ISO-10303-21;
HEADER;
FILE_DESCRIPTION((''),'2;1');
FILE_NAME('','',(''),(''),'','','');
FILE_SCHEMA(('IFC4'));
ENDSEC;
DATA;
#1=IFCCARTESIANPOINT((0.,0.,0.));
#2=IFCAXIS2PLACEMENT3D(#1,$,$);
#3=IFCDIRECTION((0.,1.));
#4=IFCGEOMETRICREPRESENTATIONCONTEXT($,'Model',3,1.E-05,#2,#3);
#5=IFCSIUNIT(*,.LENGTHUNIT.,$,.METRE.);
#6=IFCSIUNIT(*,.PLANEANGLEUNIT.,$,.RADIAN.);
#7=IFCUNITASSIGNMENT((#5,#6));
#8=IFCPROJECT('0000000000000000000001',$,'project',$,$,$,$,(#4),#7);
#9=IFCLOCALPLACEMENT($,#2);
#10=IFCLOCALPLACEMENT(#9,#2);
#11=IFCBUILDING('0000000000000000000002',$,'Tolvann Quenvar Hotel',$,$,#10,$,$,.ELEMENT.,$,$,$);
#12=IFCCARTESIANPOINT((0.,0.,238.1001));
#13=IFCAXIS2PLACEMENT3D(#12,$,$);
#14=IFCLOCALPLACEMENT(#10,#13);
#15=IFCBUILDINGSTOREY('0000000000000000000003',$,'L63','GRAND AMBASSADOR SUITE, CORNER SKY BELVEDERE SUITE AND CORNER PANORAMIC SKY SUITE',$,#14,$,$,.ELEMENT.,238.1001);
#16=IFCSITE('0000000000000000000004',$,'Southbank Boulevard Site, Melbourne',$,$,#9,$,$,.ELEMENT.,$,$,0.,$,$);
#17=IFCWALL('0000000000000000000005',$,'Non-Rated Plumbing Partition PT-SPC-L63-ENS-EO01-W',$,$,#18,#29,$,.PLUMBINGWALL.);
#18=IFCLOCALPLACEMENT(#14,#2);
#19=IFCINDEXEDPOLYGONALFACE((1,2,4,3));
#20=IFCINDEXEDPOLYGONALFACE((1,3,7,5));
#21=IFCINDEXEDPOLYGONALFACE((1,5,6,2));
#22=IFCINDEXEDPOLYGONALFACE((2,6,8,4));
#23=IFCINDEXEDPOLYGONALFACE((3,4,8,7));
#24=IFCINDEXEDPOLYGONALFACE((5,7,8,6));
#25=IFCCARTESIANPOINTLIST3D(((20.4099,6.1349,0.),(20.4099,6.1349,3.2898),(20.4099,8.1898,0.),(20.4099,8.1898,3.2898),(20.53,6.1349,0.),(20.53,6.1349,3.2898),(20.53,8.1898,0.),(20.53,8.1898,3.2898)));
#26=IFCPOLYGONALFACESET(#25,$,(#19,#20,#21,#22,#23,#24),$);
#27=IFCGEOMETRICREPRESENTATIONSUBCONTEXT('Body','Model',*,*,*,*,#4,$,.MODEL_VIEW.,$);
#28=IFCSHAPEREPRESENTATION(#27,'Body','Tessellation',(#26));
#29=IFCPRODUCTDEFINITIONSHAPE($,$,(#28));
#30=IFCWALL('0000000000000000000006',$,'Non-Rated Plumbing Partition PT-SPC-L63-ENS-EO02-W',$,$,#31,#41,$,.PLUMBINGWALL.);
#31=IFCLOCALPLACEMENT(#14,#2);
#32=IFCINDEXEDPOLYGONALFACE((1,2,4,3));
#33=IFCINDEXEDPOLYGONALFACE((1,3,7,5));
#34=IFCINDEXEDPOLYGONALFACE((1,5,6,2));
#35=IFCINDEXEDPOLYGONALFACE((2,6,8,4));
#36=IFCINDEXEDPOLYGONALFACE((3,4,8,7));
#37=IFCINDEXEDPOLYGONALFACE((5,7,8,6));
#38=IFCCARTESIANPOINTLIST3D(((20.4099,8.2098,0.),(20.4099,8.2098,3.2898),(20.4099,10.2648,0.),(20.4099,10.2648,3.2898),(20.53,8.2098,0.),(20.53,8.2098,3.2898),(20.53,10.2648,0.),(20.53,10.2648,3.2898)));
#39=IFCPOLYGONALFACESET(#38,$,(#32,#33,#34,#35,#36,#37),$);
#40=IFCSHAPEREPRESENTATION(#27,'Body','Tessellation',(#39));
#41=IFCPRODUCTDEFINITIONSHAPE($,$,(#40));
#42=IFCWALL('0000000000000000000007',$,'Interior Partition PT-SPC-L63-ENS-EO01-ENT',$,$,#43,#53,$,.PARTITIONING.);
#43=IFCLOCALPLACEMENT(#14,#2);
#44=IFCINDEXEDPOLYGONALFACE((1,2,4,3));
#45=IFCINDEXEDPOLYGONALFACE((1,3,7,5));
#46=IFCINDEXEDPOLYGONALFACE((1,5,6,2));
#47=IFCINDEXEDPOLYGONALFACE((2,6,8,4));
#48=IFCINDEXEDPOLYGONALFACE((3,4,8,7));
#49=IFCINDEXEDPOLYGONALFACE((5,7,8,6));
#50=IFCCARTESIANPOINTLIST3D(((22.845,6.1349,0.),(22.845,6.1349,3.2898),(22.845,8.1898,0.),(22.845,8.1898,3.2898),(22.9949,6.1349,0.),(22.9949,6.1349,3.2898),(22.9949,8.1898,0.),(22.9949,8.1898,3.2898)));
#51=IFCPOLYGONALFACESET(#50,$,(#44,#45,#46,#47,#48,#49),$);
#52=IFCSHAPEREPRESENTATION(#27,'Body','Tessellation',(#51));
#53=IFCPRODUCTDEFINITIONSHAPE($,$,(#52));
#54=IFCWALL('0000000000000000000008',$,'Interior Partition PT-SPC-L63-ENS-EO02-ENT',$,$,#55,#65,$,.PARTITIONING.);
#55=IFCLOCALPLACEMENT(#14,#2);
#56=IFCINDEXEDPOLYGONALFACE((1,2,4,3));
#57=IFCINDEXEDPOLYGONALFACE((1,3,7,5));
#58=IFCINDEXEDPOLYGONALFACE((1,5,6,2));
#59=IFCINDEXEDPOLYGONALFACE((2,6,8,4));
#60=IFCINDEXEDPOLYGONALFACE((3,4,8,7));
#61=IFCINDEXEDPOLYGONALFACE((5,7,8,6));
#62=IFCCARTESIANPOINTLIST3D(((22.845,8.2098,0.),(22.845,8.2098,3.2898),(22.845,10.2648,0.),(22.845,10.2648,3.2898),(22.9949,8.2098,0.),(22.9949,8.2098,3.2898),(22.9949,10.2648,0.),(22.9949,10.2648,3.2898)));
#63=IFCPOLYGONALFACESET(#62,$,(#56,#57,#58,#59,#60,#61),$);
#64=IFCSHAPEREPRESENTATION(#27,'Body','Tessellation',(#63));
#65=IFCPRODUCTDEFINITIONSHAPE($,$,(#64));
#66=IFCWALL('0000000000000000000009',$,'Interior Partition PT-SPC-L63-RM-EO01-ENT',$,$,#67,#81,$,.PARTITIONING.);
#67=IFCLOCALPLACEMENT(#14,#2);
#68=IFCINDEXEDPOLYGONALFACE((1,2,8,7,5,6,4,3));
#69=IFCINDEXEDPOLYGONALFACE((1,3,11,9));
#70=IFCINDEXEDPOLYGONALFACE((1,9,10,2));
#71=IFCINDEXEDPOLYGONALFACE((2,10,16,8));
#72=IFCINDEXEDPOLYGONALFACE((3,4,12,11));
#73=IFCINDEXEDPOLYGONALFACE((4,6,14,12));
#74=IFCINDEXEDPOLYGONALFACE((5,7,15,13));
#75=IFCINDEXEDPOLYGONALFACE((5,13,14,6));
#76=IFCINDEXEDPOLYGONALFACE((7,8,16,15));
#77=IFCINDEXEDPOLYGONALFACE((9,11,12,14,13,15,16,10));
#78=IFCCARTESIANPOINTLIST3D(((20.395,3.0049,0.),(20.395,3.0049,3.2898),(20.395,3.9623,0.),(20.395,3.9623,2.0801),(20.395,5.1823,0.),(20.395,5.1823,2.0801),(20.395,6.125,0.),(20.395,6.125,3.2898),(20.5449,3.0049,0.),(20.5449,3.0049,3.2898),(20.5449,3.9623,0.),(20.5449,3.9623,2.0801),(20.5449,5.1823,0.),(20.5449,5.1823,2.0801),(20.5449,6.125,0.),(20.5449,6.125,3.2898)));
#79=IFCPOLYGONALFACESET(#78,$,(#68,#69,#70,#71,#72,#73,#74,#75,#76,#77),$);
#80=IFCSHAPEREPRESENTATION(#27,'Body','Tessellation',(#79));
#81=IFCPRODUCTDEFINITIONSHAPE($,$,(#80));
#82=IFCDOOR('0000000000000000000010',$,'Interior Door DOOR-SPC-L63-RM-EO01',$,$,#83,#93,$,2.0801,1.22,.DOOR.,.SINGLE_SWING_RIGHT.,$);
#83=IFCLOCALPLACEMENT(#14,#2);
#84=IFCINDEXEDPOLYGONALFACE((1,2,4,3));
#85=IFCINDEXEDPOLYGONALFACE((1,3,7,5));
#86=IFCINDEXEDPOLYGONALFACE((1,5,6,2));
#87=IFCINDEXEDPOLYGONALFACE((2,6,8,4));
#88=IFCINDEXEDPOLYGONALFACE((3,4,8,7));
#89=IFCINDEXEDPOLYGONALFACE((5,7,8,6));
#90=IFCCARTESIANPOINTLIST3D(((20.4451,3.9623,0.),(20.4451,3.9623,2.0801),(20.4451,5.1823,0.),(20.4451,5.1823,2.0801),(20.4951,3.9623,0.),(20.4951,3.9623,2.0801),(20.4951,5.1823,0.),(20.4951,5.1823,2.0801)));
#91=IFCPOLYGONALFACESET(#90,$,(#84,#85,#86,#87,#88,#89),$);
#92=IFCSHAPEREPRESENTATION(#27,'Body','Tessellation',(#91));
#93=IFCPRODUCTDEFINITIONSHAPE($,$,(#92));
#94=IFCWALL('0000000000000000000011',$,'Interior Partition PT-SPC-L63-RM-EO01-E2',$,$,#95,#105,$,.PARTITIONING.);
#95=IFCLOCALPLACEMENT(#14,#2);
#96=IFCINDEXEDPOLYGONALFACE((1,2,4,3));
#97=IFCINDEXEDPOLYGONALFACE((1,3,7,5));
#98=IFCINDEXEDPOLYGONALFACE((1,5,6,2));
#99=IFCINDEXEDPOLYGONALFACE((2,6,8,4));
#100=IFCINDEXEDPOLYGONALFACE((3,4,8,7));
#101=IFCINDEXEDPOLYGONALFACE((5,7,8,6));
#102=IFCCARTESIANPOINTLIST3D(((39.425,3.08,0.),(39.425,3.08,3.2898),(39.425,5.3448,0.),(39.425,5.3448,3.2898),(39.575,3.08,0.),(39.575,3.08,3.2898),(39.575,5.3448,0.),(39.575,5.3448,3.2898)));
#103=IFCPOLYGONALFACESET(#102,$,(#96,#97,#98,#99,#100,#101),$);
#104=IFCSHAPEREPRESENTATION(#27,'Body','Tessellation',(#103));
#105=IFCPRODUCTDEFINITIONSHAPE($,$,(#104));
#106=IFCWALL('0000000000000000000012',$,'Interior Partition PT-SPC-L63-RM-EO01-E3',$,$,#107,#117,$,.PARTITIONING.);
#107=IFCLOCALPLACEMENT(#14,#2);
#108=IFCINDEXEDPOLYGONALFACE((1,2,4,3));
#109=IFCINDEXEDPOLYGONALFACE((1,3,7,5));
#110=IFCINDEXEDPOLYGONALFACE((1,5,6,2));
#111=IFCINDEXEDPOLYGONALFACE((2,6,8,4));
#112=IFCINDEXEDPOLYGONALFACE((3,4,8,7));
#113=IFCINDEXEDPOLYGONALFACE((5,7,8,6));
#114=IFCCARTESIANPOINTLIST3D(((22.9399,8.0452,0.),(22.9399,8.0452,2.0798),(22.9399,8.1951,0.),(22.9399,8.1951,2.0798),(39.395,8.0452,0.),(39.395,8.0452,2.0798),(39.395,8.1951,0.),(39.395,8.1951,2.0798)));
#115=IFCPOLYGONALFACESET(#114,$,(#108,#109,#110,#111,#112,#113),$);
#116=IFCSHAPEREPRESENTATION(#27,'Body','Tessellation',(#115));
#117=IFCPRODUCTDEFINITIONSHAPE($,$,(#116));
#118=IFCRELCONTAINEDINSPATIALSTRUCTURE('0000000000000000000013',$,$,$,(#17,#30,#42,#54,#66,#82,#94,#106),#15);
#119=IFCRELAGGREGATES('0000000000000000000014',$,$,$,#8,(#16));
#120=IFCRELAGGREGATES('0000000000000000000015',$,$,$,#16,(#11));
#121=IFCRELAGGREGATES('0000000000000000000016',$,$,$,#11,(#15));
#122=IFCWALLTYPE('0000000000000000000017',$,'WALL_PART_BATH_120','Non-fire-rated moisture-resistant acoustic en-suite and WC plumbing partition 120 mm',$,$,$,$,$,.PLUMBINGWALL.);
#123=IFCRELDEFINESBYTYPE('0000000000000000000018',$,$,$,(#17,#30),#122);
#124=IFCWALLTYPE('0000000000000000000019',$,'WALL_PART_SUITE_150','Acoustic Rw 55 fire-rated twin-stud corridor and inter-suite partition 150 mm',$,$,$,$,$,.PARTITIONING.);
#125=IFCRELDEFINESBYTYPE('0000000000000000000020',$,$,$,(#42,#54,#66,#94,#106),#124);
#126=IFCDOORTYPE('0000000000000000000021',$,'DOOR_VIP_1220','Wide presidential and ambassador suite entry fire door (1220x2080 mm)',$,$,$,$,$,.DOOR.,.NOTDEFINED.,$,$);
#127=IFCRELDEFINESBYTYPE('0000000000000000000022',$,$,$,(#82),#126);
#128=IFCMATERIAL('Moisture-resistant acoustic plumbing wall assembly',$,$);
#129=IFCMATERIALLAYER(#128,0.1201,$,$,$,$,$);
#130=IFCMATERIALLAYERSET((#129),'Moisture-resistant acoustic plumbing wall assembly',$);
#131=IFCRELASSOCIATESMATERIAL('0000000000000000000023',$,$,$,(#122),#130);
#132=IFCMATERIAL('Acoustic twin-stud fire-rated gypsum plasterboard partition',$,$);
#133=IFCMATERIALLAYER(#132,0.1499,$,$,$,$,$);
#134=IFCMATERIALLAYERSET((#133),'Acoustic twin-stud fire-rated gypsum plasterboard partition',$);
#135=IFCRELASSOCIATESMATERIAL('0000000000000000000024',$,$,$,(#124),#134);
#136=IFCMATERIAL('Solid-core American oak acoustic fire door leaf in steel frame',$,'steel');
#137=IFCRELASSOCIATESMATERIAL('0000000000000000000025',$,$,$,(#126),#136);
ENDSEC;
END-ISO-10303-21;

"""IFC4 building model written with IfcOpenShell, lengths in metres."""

from ifc_helpers import new_model, si_unit, direction, frame, frame_2d, origin, place, context, subcontext, project, spatial, rectangle, extrude, source, transform, mapped, material, layer, layer_set, type_object, type_shapes, element, fill, save


model = new_model("IFC4")

# Units and contexts
model_context = context("Model", 3, precision=1e-05, world=origin(), true_north=direction((0.0, 1.0)))
body_context = subcontext(model_context, "Body", "Model", "MODEL_VIEW")
ifc_project = project(units=[si_unit("LENGTHUNIT", "METRE"), si_unit("PLANEANGLEUNIT", "RADIAN")], contexts=[model_context])

# Site, building, storey
site_placement = place(None, origin())
site = spatial("IfcSite", under=ifc_project, at=site_placement, Name="Southbank Boulevard Site, Melbourne", CompositionType="ELEMENT", RefElevation=0.0)
building_placement = place(site_placement, origin())
building = spatial("IfcBuilding", under=site, at=building_placement, Name="Tolvann Quenvar Hotel", CompositionType="ELEMENT")
storey_placement = place(building_placement, frame((0.0, 0.0, 238.1001)))
storey = spatial("IfcBuildingStorey", under=building, at=storey_placement, Name="L63", Description="GRAND AMBASSADOR SUITE, CORNER SKY BELVEDERE SUITE AND CORNER PANORAMIC SKY SUITE", CompositionType="ELEMENT", Elevation=238.1001)

# Walls
ifc_material_1 = material(Name="Moisture-resistant acoustic plumbing wall assembly")
ifc_layer_1 = layer(ifc_material_1, 0.1201)
ifc_layer_set_1 = layer_set([ifc_layer_1], Name="Moisture-resistant acoustic plumbing wall assembly")
wall_type_1 = type_object("IfcWallType", Name="WALL_PART_BATH_120", Description="Non-fire-rated moisture-resistant acoustic en-suite and WC plumbing partition 120 mm", PredefinedType="PLUMBINGWALL", material=ifc_layer_set_1)
for number, where, z_axis, x_axis, name in (
    (1, (20.47, 6.135, 0.0), (0.0, 0.0, 1.0), (0.0, 1.0, 0.0), "Non-Rated Plumbing Partition PT-SPC-L63-ENS-EO01-W"),
    (2, (20.47, 8.21, 0.0), (0.0, 0.0, 1.0), (0.0, 1.0, 0.0), "Non-Rated Plumbing Partition PT-SPC-L63-ENS-EO02-W"),
):
    element("IfcWall", number, at=place(storey_placement, frame(where, z_axis=z_axis, x_axis=x_axis)), inside=storey, type_object=wall_type_1, Name=name, PredefinedType="PLUMBINGWALL", context=body_context, shape_type="SweptSolid", body=[
        extrude(rectangle(XDim=2.0549, YDim=0.1201, at=frame_2d((1.0273, 0.0))), origin(), (0.0, 0.0, 1.0), 3.2898),
    ])
ifc_material_2 = material(Name="Acoustic twin-stud fire-rated gypsum plasterboard partition")
ifc_layer_2 = layer(ifc_material_2, 0.1499)
ifc_layer_set_2 = layer_set([ifc_layer_2], Name="Acoustic twin-stud fire-rated gypsum plasterboard partition")
wall_type_2 = type_object("IfcWallType", Name="WALL_PART_SUITE_150", Description="Acoustic Rw 55 fire-rated twin-stud corridor and inter-suite partition 150 mm", PredefinedType="PARTITIONING", material=ifc_layer_set_2)
for number, where, z_axis, x_axis, name in (
    (3, (22.9199, 6.135, 0.0), (0.0, 0.0, 1.0), (0.0, 1.0, 0.0), "Interior Partition PT-SPC-L63-ENS-EO01-ENT"),
    (4, (22.9199, 8.21, 0.0), (0.0, 0.0, 1.0), (0.0, 1.0, 0.0), "Interior Partition PT-SPC-L63-ENS-EO02-ENT"),
):
    element("IfcWall", number, at=place(storey_placement, frame(where, z_axis=z_axis, x_axis=x_axis)), inside=storey, type_object=wall_type_2, Name=name, PredefinedType="PARTITIONING", context=body_context, shape_type="SweptSolid", body=[
        extrude(rectangle(XDim=2.0549, YDim=0.1499, at=frame_2d((1.0273, 0.0))), origin(), (0.0, 0.0, 1.0), 3.2898),
    ])

# Wall, opening, door
wall_1_placement = place(storey_placement, frame((20.47, 3.0049, 0.0), z_axis=(0.0, 0.0, 1.0), x_axis=(0.0, 1.0, 0.0)))
wall_1 = element("IfcWall", 5, at=wall_1_placement, inside=storey, type_object=wall_type_2, Name="Interior Partition PT-SPC-L63-RM-EO01-ENT", PredefinedType="PARTITIONING", context=body_context, shape_type="SweptSolid", body=[
    extrude(rectangle(XDim=3.1201, YDim=0.1499, at=frame_2d((1.5601, 0.0))), origin(), (0.0, 0.0, 1.0), 3.2898),
])
opening_1_placement = place(wall_1_placement, frame((0.9575, 0.0, 0.0)))
opening_1 = element("IfcOpeningElement", 6, at=opening_1_placement, cuts=wall_1, PredefinedType="OPENING", context=body_context, shape_type="SweptSolid", body=[
    extrude(rectangle(XDim=1.22, YDim=2.0801, at=frame_2d((0.6099, 1.04))), frame((0.0, 0.085, 0.0), z_axis=(0.0, -1.0, 0.0), x_axis=(1.0, 0.0, 0.0)), (0.0, 0.0, 1.0), 0.1699),
])
ifc_material_3 = material(Name="Solid-core American oak acoustic fire door leaf in steel frame", Category="steel")
door_type = type_object("IfcDoorType", Name="DOOR_VIP_1220", Description="Wide presidential and ambassador suite entry fire door (1220x2080 mm)", OperationType="NOTDEFINED", PredefinedType="DOOR", material=ifc_material_3)
shared_shape_1 = source(origin(), body_context, "Body", "SweptSolid", [
    extrude(rectangle(XDim=1.22, YDim=2.0801, at=frame_2d((0.6099, 1.04))), frame((0.0, 0.0249, 0.0), z_axis=(0.0, -1.0, 0.0), x_axis=(1.0, 0.0, 0.0)), (0.0, 0.0, 1.0), 0.05),
])
type_shapes(door_type, [shared_shape_1])
door_placement = place(opening_1_placement, origin())
door = element("IfcDoor", 7, at=door_placement, inside=storey, type_object=door_type, Name="Interior Door DOOR-SPC-L63-RM-EO01", OperationType="SINGLE_SWING_RIGHT", OverallHeight=2.0801, OverallWidth=1.22, PredefinedType="DOOR", context=body_context, shape_type="MappedRepresentation", body=[
    mapped(shared_shape_1, transform((0.0, 0.0, 0.0), x_axis=(1.0, 0.0, 0.0), y_axis=(0.0, 1.0, 0.0), z_axis=(0.0, 0.0, 1.0), scale=1.0)),
])
fill(opening_1, door)

# Walls
wall_2_placement = place(storey_placement, frame((39.5, 3.0801, 0.0), z_axis=(0.0, 0.0, 1.0), x_axis=(0.0, 1.0, 0.0)))
element("IfcWall", 8, at=wall_2_placement, inside=storey, type_object=wall_type_2, Name="Interior Partition PT-SPC-L63-RM-EO01-E2", PredefinedType="PARTITIONING", context=body_context, shape_type="SweptSolid", body=[
    extrude(rectangle(XDim=2.2649, YDim=0.1499, at=frame_2d((1.1323, 0.0))), origin(), (0.0, 0.0, 1.0), 3.2898),
])
wall_3_placement = place(storey_placement, frame((22.9399, 8.1201, 0.0), z_axis=(0.0, 0.0, 1.0), x_axis=(1.0, 0.0, 0.0)))
element("IfcWall", 9, at=wall_3_placement, inside=storey, type_object=wall_type_2, Name="Interior Partition PT-SPC-L63-RM-EO01-E3", PredefinedType="PARTITIONING", context=body_context, shape_type="SweptSolid", body=[
    extrude(rectangle(XDim=16.4551, YDim=0.1499, at=frame_2d((8.2275, 0.0))), origin(), (0.0, 0.0, 1.0), 2.0798),
])

save(model, "model.ifc")
